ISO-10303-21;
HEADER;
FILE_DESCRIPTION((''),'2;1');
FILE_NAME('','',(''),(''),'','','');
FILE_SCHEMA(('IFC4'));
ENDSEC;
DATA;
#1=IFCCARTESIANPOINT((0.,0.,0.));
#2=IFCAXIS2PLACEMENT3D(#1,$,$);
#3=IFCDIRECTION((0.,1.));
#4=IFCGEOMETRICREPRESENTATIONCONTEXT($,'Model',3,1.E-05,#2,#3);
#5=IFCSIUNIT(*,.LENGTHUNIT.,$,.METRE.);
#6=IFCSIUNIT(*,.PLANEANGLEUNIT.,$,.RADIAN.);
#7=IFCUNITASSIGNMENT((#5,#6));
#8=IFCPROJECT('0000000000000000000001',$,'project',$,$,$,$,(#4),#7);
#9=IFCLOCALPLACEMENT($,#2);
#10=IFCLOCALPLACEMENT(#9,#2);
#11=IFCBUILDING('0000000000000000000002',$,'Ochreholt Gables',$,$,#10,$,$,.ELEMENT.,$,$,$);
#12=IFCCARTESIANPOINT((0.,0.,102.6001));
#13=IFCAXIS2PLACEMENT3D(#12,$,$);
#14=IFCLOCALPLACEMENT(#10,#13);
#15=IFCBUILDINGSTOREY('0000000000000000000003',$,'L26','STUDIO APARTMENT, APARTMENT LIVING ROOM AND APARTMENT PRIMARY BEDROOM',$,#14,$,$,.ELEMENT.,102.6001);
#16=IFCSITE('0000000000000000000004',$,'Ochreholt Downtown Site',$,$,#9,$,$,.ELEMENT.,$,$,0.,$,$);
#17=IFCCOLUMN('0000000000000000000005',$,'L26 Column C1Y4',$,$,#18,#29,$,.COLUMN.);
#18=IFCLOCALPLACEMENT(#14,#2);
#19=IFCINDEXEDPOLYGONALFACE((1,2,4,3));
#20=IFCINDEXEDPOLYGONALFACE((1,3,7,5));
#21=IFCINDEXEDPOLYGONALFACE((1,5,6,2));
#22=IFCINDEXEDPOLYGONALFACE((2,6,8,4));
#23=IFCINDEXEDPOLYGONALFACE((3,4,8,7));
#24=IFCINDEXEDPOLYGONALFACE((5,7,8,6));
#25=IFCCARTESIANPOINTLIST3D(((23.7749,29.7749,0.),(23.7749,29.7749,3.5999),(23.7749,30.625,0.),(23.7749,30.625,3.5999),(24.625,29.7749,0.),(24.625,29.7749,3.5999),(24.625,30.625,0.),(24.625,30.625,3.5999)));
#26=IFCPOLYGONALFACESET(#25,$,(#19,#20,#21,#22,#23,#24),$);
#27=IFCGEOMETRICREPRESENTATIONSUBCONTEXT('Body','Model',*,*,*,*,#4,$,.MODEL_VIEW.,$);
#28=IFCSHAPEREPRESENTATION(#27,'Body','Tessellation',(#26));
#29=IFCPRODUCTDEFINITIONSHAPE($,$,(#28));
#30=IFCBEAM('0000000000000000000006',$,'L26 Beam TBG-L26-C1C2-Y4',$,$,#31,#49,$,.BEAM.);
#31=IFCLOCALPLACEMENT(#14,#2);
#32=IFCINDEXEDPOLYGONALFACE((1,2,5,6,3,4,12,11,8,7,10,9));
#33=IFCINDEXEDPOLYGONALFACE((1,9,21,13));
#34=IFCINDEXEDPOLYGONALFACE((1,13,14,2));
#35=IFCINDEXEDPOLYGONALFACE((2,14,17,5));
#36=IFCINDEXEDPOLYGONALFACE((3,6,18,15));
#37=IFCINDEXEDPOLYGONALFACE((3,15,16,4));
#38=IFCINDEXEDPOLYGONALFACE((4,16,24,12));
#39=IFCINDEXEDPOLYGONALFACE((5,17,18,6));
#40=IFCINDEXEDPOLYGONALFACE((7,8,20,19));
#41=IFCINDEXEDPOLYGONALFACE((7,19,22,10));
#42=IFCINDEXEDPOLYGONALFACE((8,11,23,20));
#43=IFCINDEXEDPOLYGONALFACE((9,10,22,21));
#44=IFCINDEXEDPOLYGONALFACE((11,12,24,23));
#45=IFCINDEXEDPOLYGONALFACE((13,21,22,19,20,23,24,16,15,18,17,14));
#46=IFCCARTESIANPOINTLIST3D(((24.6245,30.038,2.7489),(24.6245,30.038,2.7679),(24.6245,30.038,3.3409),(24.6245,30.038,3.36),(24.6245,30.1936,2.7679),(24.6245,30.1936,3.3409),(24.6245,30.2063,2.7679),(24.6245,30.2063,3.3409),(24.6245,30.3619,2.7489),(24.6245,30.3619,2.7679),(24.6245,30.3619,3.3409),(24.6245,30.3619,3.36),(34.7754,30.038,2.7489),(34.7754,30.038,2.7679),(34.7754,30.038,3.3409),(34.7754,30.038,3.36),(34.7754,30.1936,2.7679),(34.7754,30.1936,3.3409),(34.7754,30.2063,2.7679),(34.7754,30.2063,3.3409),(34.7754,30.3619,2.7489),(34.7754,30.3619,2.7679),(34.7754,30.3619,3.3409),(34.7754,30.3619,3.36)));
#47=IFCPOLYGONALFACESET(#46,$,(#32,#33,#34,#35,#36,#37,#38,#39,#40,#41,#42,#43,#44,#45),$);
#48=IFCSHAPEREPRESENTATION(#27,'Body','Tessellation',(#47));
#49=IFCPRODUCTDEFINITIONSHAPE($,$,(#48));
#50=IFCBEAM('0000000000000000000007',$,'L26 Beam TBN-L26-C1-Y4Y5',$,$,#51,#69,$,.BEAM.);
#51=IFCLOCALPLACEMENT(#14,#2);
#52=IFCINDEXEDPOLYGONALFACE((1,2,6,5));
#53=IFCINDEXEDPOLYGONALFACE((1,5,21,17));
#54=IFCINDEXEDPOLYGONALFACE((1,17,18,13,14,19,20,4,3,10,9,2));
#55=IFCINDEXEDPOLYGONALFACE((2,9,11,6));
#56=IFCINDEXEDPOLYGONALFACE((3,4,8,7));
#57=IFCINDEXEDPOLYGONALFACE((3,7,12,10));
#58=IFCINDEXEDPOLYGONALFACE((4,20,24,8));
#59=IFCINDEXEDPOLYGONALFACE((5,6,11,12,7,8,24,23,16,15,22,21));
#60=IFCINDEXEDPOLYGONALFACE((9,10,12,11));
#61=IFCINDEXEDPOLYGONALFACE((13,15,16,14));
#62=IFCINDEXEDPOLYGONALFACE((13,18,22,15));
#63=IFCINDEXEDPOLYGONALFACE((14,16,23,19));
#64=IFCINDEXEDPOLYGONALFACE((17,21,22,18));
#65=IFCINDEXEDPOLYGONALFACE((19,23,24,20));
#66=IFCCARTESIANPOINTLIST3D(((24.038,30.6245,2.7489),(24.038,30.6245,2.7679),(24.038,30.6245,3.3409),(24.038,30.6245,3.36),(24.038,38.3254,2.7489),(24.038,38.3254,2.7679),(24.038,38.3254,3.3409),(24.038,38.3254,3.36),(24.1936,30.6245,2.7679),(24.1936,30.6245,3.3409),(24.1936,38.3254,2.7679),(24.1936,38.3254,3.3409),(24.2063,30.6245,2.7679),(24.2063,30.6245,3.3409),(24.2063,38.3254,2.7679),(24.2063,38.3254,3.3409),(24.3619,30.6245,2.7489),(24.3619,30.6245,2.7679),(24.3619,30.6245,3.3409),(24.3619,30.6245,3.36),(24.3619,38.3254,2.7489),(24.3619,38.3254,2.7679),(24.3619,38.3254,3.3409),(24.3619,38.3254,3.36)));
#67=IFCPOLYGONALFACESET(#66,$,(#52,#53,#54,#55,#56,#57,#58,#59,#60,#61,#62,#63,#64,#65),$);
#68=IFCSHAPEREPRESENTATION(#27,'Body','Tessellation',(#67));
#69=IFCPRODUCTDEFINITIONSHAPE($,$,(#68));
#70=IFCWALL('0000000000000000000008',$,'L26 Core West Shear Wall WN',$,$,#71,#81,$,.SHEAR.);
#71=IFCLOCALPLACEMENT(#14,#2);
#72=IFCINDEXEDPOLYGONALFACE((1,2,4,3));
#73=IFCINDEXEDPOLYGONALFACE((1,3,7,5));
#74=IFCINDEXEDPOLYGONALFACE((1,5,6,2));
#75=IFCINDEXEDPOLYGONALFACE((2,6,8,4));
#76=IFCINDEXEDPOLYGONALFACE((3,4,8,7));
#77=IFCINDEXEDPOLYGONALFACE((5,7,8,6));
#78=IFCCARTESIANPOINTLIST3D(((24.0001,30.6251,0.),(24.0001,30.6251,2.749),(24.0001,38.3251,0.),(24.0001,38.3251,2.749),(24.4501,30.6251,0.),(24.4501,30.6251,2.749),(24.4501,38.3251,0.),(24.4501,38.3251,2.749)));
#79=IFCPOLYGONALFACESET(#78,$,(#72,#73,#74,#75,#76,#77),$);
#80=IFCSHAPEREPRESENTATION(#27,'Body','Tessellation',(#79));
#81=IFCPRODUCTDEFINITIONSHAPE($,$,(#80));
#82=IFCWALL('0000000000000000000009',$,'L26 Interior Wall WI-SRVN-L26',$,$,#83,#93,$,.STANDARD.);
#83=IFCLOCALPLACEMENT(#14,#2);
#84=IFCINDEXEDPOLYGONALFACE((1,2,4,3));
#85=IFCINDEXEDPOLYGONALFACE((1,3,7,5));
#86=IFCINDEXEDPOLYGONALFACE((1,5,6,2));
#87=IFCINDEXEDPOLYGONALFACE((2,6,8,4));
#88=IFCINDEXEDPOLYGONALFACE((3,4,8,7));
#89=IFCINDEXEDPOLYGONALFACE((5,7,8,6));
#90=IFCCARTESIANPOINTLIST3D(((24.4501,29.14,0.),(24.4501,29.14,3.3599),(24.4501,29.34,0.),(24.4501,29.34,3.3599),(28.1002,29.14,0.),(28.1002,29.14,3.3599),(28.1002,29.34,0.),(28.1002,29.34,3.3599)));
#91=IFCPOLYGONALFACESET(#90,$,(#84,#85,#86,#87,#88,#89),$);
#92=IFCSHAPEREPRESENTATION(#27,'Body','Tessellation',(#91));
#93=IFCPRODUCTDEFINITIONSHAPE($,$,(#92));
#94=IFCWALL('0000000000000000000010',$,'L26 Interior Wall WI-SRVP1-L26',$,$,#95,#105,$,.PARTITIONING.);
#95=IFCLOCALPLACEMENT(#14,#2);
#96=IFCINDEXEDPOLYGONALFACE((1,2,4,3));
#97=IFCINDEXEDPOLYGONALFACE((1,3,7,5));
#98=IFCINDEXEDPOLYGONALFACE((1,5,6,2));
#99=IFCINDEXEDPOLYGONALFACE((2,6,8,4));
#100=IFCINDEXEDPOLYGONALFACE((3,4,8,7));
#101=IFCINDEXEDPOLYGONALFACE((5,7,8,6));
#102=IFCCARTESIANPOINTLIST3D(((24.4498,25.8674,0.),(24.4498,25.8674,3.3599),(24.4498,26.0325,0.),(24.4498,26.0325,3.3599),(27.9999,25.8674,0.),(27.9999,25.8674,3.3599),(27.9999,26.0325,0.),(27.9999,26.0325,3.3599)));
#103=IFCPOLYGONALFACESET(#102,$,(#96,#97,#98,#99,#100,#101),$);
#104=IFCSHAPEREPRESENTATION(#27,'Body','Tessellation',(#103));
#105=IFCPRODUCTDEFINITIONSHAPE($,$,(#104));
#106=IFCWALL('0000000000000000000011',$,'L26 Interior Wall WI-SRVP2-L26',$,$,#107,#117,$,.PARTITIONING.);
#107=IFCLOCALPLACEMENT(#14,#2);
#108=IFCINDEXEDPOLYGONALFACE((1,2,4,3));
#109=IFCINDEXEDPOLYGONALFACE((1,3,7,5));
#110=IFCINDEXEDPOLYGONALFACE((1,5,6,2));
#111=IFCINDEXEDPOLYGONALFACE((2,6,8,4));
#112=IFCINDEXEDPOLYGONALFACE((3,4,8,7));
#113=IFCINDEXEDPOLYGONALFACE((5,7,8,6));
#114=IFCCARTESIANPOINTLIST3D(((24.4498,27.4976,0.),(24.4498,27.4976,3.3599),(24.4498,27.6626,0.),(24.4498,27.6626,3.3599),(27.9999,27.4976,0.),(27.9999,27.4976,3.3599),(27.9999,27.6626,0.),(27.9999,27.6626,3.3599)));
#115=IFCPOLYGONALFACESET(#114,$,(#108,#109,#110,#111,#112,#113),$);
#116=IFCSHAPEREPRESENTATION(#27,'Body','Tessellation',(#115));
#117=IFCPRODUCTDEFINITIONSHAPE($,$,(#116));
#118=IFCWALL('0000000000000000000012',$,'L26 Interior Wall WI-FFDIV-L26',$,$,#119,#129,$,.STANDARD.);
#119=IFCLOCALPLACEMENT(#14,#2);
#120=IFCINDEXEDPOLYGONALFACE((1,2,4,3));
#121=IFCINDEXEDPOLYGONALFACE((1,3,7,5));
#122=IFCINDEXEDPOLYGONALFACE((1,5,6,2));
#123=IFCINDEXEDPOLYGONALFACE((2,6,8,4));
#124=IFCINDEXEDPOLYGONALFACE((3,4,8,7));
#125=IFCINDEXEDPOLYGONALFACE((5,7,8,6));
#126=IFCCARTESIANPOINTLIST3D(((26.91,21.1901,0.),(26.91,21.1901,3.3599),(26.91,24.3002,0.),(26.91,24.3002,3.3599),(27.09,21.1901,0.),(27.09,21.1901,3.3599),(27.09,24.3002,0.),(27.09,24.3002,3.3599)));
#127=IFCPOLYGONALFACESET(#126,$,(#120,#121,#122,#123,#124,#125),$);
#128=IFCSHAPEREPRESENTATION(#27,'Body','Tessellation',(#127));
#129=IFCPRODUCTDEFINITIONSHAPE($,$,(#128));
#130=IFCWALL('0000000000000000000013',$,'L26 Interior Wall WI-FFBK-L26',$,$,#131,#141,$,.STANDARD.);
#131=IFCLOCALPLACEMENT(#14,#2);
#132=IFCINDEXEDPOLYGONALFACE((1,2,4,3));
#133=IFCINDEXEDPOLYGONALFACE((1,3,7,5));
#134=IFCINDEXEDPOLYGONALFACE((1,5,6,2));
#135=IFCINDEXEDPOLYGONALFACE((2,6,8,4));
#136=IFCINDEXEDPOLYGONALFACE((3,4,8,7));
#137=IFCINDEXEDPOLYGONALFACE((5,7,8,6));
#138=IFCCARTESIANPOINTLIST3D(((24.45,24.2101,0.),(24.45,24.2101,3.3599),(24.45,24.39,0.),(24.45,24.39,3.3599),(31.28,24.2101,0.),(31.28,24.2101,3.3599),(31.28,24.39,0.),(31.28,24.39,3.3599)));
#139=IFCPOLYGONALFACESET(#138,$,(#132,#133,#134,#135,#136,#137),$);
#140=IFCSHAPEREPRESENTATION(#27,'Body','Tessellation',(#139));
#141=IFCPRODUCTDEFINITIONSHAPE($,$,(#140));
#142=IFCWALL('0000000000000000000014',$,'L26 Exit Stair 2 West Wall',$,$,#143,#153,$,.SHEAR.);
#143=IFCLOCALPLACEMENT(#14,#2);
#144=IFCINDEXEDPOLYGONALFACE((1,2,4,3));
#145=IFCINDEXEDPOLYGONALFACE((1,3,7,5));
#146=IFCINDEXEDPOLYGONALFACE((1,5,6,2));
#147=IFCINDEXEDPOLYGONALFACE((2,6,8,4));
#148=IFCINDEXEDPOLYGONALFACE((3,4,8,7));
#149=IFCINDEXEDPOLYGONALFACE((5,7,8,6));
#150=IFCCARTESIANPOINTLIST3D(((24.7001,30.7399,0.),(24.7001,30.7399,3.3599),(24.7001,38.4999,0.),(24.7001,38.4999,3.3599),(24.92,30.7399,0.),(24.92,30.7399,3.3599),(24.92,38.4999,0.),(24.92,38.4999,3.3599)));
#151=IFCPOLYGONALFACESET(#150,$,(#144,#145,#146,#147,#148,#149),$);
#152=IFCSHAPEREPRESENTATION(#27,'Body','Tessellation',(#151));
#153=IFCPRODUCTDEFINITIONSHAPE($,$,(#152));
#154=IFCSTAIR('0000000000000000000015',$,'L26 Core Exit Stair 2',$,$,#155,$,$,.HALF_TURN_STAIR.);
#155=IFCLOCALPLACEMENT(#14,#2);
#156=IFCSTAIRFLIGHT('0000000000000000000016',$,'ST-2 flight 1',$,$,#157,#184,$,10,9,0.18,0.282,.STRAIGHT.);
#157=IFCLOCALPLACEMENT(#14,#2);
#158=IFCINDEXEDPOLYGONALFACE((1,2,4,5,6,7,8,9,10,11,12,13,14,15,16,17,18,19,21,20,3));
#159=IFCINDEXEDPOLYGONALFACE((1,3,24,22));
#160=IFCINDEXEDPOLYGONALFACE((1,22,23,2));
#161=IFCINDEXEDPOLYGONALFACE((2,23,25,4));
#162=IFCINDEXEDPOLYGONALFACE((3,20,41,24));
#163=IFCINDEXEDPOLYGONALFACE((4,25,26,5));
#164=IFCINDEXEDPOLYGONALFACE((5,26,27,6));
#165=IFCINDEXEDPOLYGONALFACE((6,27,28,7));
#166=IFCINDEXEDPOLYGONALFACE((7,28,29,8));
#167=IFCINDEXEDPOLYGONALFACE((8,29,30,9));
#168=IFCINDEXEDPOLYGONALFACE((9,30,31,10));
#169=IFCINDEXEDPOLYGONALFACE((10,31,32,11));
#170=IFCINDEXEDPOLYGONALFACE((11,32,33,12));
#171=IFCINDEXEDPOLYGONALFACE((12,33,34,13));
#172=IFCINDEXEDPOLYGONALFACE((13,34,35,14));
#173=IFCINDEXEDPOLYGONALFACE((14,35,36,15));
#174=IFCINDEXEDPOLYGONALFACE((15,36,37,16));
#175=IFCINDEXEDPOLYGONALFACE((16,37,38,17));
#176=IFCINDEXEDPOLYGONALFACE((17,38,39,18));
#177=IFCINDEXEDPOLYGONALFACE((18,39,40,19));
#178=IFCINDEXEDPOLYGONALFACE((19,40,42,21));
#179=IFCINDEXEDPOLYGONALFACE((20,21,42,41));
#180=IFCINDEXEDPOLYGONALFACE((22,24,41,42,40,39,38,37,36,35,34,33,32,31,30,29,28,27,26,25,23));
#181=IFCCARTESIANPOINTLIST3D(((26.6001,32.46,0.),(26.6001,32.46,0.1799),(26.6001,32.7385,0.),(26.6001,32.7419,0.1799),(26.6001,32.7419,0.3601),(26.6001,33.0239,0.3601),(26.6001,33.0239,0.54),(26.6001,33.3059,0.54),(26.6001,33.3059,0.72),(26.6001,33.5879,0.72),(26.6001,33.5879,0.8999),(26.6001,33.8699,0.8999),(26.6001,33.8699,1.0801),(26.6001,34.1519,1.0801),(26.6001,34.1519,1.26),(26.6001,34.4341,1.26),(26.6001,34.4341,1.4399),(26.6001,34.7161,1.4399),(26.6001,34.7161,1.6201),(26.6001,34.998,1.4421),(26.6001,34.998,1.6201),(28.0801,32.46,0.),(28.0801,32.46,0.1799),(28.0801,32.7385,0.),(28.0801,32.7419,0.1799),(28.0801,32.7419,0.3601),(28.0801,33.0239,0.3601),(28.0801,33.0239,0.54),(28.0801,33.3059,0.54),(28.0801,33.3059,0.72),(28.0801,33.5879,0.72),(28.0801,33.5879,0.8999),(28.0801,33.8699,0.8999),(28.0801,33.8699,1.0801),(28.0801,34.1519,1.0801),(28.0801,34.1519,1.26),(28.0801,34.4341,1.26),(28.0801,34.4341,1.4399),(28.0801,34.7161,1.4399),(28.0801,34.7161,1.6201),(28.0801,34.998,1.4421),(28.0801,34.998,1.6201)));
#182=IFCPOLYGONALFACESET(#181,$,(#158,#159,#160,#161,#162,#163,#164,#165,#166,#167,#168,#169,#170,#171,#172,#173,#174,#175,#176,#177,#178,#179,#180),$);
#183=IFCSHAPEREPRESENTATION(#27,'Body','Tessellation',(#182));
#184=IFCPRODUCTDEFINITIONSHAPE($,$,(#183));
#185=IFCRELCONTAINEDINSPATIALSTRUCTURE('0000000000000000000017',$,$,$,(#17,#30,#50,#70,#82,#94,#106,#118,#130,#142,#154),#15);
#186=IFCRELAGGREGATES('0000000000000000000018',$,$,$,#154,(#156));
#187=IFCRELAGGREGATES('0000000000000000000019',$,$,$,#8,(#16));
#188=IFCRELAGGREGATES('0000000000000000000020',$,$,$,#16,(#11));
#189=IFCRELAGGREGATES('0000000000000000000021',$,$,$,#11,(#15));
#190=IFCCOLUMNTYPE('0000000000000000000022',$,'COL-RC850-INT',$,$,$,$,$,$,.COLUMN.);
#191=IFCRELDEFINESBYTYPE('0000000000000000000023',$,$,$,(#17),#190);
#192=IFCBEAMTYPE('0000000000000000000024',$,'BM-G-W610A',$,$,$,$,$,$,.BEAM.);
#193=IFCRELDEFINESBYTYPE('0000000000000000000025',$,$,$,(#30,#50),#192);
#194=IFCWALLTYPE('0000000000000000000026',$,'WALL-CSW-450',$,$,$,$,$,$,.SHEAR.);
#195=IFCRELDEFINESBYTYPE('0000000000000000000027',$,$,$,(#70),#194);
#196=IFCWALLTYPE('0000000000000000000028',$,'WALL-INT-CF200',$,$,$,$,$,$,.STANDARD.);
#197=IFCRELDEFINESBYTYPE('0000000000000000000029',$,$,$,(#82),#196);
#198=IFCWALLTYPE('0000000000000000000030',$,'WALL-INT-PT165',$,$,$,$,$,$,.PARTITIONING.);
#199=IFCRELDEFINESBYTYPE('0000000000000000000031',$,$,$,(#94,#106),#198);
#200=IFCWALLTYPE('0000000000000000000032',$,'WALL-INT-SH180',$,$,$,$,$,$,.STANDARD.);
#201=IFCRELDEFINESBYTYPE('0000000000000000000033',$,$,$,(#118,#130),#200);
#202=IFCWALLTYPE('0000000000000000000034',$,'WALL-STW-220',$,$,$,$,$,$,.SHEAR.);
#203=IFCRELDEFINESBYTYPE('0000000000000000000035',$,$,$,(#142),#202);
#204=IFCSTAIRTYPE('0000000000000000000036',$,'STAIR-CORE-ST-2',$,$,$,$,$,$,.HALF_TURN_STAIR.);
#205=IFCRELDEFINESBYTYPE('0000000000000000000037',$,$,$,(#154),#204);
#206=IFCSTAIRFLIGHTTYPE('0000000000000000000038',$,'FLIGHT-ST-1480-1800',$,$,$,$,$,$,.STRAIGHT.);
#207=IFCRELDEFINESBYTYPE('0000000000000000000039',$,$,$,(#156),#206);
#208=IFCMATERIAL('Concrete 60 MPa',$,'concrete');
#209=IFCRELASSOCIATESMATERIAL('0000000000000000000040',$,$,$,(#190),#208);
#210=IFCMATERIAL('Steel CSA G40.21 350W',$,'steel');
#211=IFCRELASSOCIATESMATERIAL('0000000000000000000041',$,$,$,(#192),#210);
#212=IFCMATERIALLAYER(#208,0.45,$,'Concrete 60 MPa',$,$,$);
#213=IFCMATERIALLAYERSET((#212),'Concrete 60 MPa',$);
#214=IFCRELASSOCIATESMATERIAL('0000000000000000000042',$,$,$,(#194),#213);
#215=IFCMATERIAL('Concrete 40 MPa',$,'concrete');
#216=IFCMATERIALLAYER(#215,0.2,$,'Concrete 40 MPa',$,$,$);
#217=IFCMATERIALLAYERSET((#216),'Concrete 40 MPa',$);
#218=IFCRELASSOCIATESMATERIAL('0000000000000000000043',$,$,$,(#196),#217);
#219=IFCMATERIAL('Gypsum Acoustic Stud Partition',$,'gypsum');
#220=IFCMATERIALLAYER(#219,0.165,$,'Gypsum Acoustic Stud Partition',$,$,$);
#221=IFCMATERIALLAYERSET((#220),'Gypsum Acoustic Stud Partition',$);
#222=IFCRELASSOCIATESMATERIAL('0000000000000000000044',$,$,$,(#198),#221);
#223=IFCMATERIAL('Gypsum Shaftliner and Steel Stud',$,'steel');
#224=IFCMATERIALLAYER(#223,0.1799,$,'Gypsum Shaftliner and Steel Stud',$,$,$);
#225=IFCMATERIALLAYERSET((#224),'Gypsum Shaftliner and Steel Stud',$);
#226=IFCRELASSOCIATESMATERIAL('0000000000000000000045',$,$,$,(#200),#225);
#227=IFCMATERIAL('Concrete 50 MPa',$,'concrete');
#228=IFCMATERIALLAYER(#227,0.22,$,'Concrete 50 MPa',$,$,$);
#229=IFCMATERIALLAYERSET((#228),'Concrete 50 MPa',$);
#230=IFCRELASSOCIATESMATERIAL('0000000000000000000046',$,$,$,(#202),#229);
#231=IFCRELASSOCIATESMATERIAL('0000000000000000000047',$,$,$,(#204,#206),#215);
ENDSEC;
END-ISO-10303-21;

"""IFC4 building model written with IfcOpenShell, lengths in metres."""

from ifc_helpers import new_model, si_unit, direction, frame, frame_2d, origin, origin_2d, place, context, subcontext, project, spatial, polyline, rectangle, i_section, outline, extrude, material, layer, layer_set, material_profile, profile_set, type_object, element, aggregate, save


model = new_model("IFC4")

# Units and contexts
model_context = context("Model", 3, precision=1e-05, world=origin(), true_north=direction((0.0, 1.0)))
body_context = subcontext(model_context, "Body", "Model", "MODEL_VIEW")
ifc_project = project(units=[si_unit("LENGTHUNIT", "METRE"), si_unit("PLANEANGLEUNIT", "RADIAN")], contexts=[model_context])

# Site, building, storey
site_placement = place(None, origin())
site = spatial("IfcSite", under=ifc_project, at=site_placement, Name="Ochreholt Downtown Site", CompositionType="ELEMENT", RefElevation=0.0)
building_placement = place(site_placement, origin())
building = spatial("IfcBuilding", under=site, at=building_placement, Name="Ochreholt Gables", CompositionType="ELEMENT")
storey_placement = place(building_placement, frame((0.0, 0.0, 102.6001)))
storey = spatial("IfcBuildingStorey", under=building, at=storey_placement, Name="L26", Description="STUDIO APARTMENT, APARTMENT LIVING ROOM AND APARTMENT PRIMARY BEDROOM", CompositionType="ELEMENT", Elevation=102.6001)

# Column
ifc_material_1 = material(Name="Concrete 60 MPa", Category="concrete")
ifc_material_profile_1 = material_profile(ifc_material_1, rectangle(XDim=0.8501, YDim=0.8501, at=origin_2d()), Name="RC850X850")
ifc_profile_set_1 = profile_set([ifc_material_profile_1], Name="Concrete 60 MPa")
column_type = type_object("IfcColumnType", Name="COL-RC850-INT", PredefinedType="COLUMN", material=ifc_profile_set_1)
column_placement = place(storey_placement, frame((24.2, 30.2, 0.0), z_axis=(0.0, 0.0, 1.0), x_axis=(1.0, 0.0, 0.0)))
element("IfcColumn", 1, at=column_placement, inside=storey, type_object=column_type, Name="L26 Column C1Y4", PredefinedType="COLUMN", context=body_context, shape_type="SweptSolid", body=[
    extrude(rectangle(XDim=0.8501, YDim=0.8501, at=origin_2d()), origin(), (0.0, 0.0, 1.0), 3.5999),
])

# Beams
ifc_material_2 = material(Name="Steel CSA G40.21 350W", Category="steel")
ifc_material_profile_2 = material_profile(ifc_material_2, i_section(OverallWidth=0.324, OverallDepth=0.6111, WebThickness=0.0127, FlangeThickness=0.019, at=origin_2d()), Name="W610X155")
ifc_profile_set_2 = profile_set([ifc_material_profile_2], Name="Steel CSA G40.21 350W")
beam_type = type_object("IfcBeamType", Name="BM-G-W610A", PredefinedType="BEAM", material=ifc_profile_set_2)
beam_1_placement = place(storey_placement, frame((24.6245, 30.2, 3.0544), z_axis=(1.0, 0.0, 0.0), x_axis=(0.0, 1.0, 0.0)))
element("IfcBeam", 2, at=beam_1_placement, inside=storey, type_object=beam_type, Name="L26 Beam TBG-L26-C1C2-Y4", PredefinedType="BEAM", context=body_context, shape_type="SweptSolid", body=[
    extrude(i_section(OverallWidth=0.324, OverallDepth=0.6111, WebThickness=0.0127, FlangeThickness=0.019, at=origin_2d()), origin(), (0.0, 0.0, 1.0), 10.1509),
])
beam_2_placement = place(storey_placement, frame((24.2, 30.6245, 3.0544), z_axis=(0.0, 1.0, 0.0), x_axis=(-1.0, 0.0, 0.0)))
element("IfcBeam", 3, at=beam_2_placement, inside=storey, type_object=beam_type, Name="L26 Beam TBN-L26-C1-Y4Y5", PredefinedType="BEAM", context=body_context, shape_type="SweptSolid", body=[
    extrude(i_section(OverallWidth=0.324, OverallDepth=0.6111, WebThickness=0.0127, FlangeThickness=0.019, at=origin_2d()), origin(), (0.0, 0.0, 1.0), 7.7009),
])

# Walls
ifc_layer_1 = layer(ifc_material_1, 0.45, Name="Concrete 60 MPa")
ifc_layer_set_1 = layer_set([ifc_layer_1], Name="Concrete 60 MPa")
wall_type_1 = type_object("IfcWallType", Name="WALL-CSW-450", PredefinedType="SHEAR", material=ifc_layer_set_1)
wall_1_placement = place(storey_placement, frame((24.2251, 30.625, 0.0), z_axis=(0.0, 0.0, 1.0), x_axis=(0.0, 1.0, 0.0)))
element("IfcWall", 4, at=wall_1_placement, inside=storey, type_object=wall_type_1, Name="L26 Core West Shear Wall WN", PredefinedType="SHEAR", context=body_context, shape_type="SweptSolid", body=[
    extrude(rectangle(XDim=7.7, YDim=0.45, at=frame_2d((3.8501, 0.0))), origin(), (0.0, 0.0, 1.0), 2.749),
])
ifc_material_3 = material(Name="Concrete 40 MPa", Category="concrete")
ifc_layer_2 = layer(ifc_material_3, 0.2, Name="Concrete 40 MPa")
ifc_layer_set_2 = layer_set([ifc_layer_2], Name="Concrete 40 MPa")
wall_type_2 = type_object("IfcWallType", Name="WALL-INT-CF200", PredefinedType="STANDARD", material=ifc_layer_set_2)
wall_2_placement = place(storey_placement, frame((24.45, 29.24, 0.0), z_axis=(0.0, 0.0, 1.0), x_axis=(1.0, 0.0, 0.0)))
element("IfcWall", 5, at=wall_2_placement, inside=storey, type_object=wall_type_2, Name="L26 Interior Wall WI-SRVN-L26", PredefinedType="STANDARD", context=body_context, shape_type="SweptSolid", body=[
    extrude(rectangle(XDim=3.6501, YDim=0.2, at=frame_2d((1.8252, 0.0))), origin(), (0.0, 0.0, 1.0), 3.3599),
])
ifc_material_4 = material(Name="Gypsum Acoustic Stud Partition", Category="gypsum")
ifc_layer_3 = layer(ifc_material_4, 0.165, Name="Gypsum Acoustic Stud Partition")
ifc_layer_set_3 = layer_set([ifc_layer_3], Name="Gypsum Acoustic Stud Partition")
wall_type_3 = type_object("IfcWallType", Name="WALL-INT-PT165", PredefinedType="PARTITIONING", material=ifc_layer_set_3)
for number, where, z_axis, x_axis, name in (
    (6, (24.45, 25.95, 0.0), (0.0, 0.0, 1.0), (1.0, 0.0, 0.0), "L26 Interior Wall WI-SRVP1-L26"),
    (7, (24.45, 27.5801, 0.0), (0.0, 0.0, 1.0), (1.0, 0.0, 0.0), "L26 Interior Wall WI-SRVP2-L26"),
):
    element("IfcWall", number, at=place(storey_placement, frame(where, z_axis=z_axis, x_axis=x_axis)), inside=storey, type_object=wall_type_3, Name=name, PredefinedType="PARTITIONING", context=body_context, shape_type="SweptSolid", body=[
        extrude(rectangle(XDim=3.55, YDim=0.165, at=frame_2d((1.7749, 0.0))), origin(), (0.0, 0.0, 1.0), 3.3599),
    ])
ifc_material_5 = material(Name="Gypsum Shaftliner and Steel Stud", Category="steel")
ifc_layer_4 = layer(ifc_material_5, 0.1799, Name="Gypsum Shaftliner and Steel Stud")
ifc_layer_set_4 = layer_set([ifc_layer_4], Name="Gypsum Shaftliner and Steel Stud")
wall_type_4 = type_object("IfcWallType", Name="WALL-INT-SH180", PredefinedType="STANDARD", material=ifc_layer_set_4)
wall_3_placement = place(storey_placement, frame((27.0, 21.1899, 0.0), z_axis=(0.0, 0.0, 1.0), x_axis=(0.0, 1.0, 0.0)))
element("IfcWall", 8, at=wall_3_placement, inside=storey, type_object=wall_type_4, Name="L26 Interior Wall WI-FFDIV-L26", PredefinedType="STANDARD", context=body_context, shape_type="SweptSolid", body=[
    extrude(rectangle(XDim=3.1101, YDim=0.1799, at=frame_2d((1.5552, 0.0))), origin(), (0.0, 0.0, 1.0), 3.3599),
])
wall_4_placement = place(storey_placement, frame((24.45, 24.3, 0.0), z_axis=(0.0, 0.0, 1.0), x_axis=(1.0, 0.0, 0.0)))
element("IfcWall", 9, at=wall_4_placement, inside=storey, type_object=wall_type_4, Name="L26 Interior Wall WI-FFBK-L26", PredefinedType="STANDARD", context=body_context, shape_type="SweptSolid", body=[
    extrude(rectangle(XDim=6.8301, YDim=0.1799, at=frame_2d((3.415, 0.0))), origin(), (0.0, 0.0, 1.0), 3.3599),
])
ifc_material_6 = material(Name="Concrete 50 MPa", Category="concrete")
ifc_layer_5 = layer(ifc_material_6, 0.22, Name="Concrete 50 MPa")
ifc_layer_set_5 = layer_set([ifc_layer_5], Name="Concrete 50 MPa")
wall_type_5 = type_object("IfcWallType", Name="WALL-STW-220", PredefinedType="SHEAR", material=ifc_layer_set_5)
wall_5_placement = place(storey_placement, frame((24.8101, 30.74, 0.0), z_axis=(0.0, 0.0, 1.0), x_axis=(0.0, 1.0, 0.0)))
element("IfcWall", 10, at=wall_5_placement, inside=storey, type_object=wall_type_5, Name="L26 Exit Stair 2 West Wall", PredefinedType="SHEAR", context=body_context, shape_type="SweptSolid", body=[
    extrude(rectangle(XDim=7.76, YDim=0.22, at=frame_2d((3.8799, 0.0))), origin(), (0.0, 0.0, 1.0), 3.3599),
])

# Stair, stair flight
stair_type = type_object("IfcStairType", Name="STAIR-CORE-ST-2", PredefinedType="HALF_TURN_STAIR", material=ifc_material_3)
stair_placement = place(storey_placement, origin())
stair = element("IfcStair", 11, at=stair_placement, inside=storey, type_object=stair_type, Name="L26 Core Exit Stair 2", PredefinedType="HALF_TURN_STAIR")
stair_flight_type = type_object("IfcStairFlightType", Name="FLIGHT-ST-1480-1800", PredefinedType="STRAIGHT", material=ifc_material_3)
stair_flight_placement = place(storey_placement, frame((27.3401, 32.46, 0.0), z_axis=(0.0, 0.0, 1.0), x_axis=(0.0, 1.0, 0.0)))
stair_flight = element("IfcStairFlight", 12, at=stair_flight_placement, type_object=stair_flight_type, Name="ST-2 flight 1", NumberOfRisers=10, NumberOfTreads=9, PredefinedType="STRAIGHT", RiserHeight=0.18, TreadLength=0.282, context=body_context, shape_type="SweptSolid", body=[
    extrude(outline(polyline([(0.0, 0.0), (0.0, 0.1799), (0.282, 0.1799), (0.282, 0.3601), (0.564, 0.3601), (0.564, 0.54), (0.8459, 0.54), (0.8459, 0.72), (1.1279, 0.72), (1.1279, 0.8999), (1.4099, 0.8999), (1.4099, 1.0801), (1.6919, 1.0801), (1.6919, 1.26), (1.9741, 1.26), (1.9741, 1.4399), (2.2561, 1.4399), (2.2561, 1.6201), (2.5381, 1.6201), (2.5381, 1.8), (2.5381, 1.4421), (0.2786, 0.0), (0.0, 0.0)])), frame((0.0, 0.74, 0.0), z_axis=(0.0, -1.0, 0.0), x_axis=(1.0, 0.0, 0.0)), (0.0, 0.0, 1.0), 1.48),
])
aggregate(stair, [stair_flight])

save(model, "model.ifc")
